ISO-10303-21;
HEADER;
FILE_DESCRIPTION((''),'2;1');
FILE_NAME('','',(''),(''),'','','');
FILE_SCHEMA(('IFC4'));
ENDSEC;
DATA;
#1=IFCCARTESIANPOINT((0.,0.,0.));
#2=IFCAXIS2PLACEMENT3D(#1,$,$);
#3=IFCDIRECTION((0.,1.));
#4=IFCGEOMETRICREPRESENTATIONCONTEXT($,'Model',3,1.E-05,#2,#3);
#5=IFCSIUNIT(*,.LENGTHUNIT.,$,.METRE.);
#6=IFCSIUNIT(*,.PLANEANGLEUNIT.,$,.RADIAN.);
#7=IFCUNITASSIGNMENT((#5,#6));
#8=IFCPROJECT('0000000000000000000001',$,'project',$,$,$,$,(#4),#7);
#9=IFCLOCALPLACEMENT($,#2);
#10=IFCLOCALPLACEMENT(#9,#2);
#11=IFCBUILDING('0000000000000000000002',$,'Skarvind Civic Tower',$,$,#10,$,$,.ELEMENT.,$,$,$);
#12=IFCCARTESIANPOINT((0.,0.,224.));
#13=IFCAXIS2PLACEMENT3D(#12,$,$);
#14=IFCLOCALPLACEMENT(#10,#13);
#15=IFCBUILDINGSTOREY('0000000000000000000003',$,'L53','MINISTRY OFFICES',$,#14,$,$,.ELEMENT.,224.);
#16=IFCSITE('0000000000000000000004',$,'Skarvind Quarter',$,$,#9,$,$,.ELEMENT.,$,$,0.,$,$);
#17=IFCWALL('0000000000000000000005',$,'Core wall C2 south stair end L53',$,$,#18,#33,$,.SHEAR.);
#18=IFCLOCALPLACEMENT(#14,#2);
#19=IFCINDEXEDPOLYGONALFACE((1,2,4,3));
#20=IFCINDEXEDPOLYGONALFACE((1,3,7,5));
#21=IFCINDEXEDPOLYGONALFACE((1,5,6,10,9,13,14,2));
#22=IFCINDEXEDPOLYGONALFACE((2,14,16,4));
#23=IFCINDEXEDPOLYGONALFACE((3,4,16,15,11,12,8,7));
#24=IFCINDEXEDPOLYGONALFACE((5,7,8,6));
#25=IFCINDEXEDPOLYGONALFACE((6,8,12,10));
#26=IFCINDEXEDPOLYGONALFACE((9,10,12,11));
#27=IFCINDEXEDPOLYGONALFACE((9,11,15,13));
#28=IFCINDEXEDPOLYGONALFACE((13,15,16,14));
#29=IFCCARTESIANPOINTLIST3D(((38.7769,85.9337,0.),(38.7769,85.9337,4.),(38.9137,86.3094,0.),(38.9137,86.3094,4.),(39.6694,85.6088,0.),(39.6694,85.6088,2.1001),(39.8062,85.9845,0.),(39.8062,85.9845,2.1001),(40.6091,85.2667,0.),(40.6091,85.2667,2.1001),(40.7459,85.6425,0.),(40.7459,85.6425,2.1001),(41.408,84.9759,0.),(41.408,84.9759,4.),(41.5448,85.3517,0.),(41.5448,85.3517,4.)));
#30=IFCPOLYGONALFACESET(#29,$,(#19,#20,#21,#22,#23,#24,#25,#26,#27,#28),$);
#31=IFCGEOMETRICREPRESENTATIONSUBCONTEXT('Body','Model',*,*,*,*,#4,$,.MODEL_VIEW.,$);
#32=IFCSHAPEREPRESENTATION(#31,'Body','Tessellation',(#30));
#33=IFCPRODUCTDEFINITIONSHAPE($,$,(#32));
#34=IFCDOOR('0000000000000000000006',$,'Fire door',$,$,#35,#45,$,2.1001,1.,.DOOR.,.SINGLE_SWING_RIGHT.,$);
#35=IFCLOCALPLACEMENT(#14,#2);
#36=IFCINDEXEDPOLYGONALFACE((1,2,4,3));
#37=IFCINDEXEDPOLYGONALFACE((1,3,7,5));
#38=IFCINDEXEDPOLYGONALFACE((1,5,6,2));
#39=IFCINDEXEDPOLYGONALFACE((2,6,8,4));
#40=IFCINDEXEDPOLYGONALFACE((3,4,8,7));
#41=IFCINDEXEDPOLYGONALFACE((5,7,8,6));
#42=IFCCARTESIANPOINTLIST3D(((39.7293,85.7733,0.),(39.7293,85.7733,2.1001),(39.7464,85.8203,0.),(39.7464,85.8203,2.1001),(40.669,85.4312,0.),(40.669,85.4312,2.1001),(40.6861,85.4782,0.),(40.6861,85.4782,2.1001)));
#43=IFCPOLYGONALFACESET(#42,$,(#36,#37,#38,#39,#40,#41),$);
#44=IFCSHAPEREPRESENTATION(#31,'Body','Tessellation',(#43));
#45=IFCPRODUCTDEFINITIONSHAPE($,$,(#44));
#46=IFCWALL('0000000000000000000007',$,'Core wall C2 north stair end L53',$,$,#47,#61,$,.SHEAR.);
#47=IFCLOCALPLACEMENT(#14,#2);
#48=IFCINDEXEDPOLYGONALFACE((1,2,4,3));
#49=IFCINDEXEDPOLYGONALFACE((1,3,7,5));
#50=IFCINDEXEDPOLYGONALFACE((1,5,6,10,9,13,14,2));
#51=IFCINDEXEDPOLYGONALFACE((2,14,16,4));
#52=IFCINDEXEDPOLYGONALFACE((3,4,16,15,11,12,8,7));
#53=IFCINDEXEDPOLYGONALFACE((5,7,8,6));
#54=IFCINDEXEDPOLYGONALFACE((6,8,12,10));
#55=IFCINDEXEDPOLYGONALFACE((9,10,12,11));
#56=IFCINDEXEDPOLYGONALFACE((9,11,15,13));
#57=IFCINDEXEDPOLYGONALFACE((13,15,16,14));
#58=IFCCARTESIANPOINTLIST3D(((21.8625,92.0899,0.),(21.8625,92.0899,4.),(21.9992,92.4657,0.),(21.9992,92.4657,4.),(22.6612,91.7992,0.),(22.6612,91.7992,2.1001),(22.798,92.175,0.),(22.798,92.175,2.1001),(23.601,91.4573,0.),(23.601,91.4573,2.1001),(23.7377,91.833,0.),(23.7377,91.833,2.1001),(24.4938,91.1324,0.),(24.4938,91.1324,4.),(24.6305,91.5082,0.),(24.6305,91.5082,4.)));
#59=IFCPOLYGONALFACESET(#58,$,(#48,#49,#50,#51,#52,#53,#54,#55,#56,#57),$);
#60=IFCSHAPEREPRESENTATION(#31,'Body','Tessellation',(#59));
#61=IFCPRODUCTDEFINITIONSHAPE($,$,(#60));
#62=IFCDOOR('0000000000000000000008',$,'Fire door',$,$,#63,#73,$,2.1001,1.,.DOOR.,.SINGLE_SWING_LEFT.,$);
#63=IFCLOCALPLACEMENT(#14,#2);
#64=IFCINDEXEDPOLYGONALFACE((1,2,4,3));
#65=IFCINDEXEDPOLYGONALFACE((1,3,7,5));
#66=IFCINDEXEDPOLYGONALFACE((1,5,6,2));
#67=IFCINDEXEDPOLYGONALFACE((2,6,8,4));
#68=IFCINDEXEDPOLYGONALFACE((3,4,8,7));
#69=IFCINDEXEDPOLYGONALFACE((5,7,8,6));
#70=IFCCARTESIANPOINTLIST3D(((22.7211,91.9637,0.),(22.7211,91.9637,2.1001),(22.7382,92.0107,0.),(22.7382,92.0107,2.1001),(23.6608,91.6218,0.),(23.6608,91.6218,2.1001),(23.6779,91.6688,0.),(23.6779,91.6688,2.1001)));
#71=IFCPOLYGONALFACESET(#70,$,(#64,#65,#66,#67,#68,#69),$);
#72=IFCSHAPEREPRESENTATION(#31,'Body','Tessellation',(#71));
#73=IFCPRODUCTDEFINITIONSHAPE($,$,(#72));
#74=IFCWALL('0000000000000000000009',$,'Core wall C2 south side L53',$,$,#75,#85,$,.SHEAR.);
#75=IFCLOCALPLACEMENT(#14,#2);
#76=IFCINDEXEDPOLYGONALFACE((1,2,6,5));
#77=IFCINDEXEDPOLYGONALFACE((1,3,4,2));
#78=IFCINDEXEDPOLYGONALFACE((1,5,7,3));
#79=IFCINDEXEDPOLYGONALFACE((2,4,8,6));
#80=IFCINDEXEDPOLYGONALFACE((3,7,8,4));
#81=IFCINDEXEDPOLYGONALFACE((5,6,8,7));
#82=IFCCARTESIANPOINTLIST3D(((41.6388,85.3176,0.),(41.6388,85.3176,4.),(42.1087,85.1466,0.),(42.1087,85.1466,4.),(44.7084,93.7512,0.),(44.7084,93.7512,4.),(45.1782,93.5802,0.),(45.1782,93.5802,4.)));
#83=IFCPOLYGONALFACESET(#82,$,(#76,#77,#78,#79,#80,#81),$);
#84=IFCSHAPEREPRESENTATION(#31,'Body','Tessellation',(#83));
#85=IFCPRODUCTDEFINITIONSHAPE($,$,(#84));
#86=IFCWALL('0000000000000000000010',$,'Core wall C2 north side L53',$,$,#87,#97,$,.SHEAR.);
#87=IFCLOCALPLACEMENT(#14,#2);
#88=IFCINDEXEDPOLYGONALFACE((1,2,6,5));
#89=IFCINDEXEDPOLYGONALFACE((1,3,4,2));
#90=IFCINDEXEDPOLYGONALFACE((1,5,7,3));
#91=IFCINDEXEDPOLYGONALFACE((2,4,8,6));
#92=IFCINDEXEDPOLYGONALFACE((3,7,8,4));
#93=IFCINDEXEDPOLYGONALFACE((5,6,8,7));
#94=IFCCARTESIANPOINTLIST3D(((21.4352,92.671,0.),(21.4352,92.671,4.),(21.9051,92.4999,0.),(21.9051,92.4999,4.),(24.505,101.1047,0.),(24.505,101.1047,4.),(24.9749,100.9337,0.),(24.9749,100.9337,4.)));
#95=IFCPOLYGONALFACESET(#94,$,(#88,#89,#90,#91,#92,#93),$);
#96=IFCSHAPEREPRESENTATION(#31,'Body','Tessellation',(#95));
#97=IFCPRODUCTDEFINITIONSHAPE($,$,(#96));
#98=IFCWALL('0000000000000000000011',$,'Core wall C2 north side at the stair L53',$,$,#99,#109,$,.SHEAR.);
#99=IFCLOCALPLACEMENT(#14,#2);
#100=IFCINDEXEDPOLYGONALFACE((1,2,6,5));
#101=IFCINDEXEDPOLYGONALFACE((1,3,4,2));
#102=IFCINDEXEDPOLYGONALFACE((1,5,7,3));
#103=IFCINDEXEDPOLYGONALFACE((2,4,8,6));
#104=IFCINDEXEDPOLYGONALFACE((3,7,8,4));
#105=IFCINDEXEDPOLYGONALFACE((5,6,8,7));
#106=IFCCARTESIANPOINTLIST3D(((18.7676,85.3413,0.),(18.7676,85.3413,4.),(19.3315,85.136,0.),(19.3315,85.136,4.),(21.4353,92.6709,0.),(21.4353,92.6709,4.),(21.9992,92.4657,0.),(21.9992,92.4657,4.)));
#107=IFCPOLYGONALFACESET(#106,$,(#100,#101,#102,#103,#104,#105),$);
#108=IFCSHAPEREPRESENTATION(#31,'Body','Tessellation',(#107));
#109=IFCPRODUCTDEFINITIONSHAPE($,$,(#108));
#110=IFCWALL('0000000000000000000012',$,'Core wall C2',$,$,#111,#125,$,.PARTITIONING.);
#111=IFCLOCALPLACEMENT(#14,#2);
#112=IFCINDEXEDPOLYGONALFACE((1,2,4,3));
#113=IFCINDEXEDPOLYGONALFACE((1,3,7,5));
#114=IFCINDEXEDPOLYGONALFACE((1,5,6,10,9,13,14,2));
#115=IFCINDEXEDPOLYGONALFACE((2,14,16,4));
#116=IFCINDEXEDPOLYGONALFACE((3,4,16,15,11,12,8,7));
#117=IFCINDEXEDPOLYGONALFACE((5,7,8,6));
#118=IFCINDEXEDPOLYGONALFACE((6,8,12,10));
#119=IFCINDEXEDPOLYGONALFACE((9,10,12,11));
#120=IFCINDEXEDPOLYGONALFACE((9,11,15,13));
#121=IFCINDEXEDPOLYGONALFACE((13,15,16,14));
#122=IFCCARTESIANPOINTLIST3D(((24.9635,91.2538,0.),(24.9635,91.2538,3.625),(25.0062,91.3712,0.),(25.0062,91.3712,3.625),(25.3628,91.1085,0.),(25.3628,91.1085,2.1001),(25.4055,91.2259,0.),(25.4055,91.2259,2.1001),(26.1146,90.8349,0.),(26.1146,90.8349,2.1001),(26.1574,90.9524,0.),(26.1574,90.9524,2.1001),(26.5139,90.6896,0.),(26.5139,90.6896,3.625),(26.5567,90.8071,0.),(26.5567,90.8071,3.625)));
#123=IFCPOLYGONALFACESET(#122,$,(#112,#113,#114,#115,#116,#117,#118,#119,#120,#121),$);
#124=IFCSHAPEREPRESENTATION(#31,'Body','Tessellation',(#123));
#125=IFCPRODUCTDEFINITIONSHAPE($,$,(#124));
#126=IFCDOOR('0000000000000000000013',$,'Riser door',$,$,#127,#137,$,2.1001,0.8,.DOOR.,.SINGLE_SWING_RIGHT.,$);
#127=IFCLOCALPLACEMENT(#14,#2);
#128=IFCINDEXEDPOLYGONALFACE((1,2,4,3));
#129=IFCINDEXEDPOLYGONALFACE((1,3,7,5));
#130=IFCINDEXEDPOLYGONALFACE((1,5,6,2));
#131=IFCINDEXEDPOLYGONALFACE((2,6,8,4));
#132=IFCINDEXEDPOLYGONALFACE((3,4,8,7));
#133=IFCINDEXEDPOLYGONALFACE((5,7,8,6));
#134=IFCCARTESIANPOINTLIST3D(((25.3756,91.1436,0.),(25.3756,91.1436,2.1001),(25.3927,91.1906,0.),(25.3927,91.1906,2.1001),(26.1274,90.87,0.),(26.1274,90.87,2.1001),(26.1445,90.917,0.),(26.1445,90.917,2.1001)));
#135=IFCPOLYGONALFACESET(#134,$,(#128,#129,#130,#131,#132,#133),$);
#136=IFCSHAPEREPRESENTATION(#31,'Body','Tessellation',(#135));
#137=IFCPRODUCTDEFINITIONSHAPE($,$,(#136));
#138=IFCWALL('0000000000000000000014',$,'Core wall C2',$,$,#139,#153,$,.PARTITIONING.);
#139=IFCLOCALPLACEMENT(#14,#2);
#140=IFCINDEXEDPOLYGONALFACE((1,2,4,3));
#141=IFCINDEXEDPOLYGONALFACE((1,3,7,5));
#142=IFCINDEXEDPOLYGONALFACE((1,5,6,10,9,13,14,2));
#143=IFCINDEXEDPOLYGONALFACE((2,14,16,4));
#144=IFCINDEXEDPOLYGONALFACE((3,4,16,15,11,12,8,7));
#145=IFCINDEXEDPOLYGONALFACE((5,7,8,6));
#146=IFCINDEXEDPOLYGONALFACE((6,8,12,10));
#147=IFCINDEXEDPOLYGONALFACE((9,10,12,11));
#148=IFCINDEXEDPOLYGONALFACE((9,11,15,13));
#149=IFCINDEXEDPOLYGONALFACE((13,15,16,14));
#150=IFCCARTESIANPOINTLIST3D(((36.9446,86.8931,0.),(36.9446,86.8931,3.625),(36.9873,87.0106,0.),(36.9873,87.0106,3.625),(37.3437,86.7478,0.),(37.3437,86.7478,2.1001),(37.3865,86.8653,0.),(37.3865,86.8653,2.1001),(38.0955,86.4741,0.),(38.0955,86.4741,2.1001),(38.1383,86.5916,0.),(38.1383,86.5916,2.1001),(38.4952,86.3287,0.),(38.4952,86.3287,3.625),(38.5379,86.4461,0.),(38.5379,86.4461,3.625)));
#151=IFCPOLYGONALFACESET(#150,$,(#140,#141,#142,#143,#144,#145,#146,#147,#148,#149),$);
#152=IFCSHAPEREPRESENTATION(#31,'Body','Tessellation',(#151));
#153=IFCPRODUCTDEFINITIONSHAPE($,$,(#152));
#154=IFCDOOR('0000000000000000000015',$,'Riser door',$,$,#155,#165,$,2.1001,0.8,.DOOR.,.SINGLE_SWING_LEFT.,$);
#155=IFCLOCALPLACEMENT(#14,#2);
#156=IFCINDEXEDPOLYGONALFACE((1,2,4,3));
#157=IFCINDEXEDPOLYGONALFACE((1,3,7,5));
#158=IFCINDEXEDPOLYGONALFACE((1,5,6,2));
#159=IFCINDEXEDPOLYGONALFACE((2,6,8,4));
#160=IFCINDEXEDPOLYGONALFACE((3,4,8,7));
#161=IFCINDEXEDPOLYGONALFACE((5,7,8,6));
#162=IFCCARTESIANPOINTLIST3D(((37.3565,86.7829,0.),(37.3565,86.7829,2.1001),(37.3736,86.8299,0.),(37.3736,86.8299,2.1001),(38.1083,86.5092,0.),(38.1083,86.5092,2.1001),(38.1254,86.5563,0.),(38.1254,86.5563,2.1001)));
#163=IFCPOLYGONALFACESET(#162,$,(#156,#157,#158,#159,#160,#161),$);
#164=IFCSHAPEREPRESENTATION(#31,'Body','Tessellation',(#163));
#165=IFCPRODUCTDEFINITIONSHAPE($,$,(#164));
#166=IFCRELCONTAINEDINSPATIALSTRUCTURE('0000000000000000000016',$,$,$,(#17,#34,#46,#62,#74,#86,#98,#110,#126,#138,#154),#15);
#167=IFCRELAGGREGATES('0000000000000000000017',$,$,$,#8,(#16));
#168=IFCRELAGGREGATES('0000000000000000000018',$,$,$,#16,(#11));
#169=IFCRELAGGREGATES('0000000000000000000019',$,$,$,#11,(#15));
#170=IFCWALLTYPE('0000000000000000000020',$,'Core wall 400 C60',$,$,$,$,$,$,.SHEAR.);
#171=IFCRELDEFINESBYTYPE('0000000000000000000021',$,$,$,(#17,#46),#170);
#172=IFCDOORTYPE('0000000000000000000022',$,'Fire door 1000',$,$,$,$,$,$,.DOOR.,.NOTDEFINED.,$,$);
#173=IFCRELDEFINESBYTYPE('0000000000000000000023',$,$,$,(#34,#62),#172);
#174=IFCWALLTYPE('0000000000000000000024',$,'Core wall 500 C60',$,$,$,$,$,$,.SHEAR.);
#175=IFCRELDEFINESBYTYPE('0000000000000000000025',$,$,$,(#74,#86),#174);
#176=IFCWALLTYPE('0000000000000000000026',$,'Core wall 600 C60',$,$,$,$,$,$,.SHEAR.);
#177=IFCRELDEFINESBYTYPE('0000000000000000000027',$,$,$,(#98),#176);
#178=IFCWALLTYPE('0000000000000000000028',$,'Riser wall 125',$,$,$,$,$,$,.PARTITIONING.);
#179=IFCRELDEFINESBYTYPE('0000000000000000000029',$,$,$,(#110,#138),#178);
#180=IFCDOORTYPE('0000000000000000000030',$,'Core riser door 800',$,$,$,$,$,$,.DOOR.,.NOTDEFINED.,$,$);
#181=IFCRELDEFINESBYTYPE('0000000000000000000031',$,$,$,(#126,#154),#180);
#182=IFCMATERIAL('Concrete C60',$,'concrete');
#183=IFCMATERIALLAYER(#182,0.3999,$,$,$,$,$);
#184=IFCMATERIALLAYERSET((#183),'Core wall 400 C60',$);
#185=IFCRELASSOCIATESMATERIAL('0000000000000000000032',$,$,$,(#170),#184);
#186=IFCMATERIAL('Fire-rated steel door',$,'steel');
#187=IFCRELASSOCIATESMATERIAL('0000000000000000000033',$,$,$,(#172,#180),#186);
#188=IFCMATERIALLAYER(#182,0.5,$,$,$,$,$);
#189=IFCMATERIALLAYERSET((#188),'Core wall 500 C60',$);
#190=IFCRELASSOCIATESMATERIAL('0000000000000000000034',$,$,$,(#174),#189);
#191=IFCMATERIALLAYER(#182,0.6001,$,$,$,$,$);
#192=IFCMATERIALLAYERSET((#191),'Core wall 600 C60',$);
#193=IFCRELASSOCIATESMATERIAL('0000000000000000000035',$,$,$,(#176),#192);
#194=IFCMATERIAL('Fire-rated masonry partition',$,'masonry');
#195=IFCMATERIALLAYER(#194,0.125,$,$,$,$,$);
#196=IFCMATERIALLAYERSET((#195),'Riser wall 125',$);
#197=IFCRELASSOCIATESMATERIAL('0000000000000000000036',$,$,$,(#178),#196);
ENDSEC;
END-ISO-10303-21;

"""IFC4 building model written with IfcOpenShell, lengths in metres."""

from ifc_helpers import new_model, si_unit, direction, frame, frame_2d, origin, place, context, subcontext, project, spatial, rectangle, extrude, material, layer, layer_set, type_object, element, fill, save


model = new_model("IFC4")

# Units and contexts
model_context = context("Model", 3, precision=1e-05, world=origin(), true_north=direction((0.0, 1.0)))
body_context = subcontext(model_context, "Body", "Model", "MODEL_VIEW")
ifc_project = project(units=[si_unit("LENGTHUNIT", "METRE"), si_unit("PLANEANGLEUNIT", "RADIAN")], contexts=[model_context])

# Site, building, storey
site_placement = place(None, origin())
site = spatial("IfcSite", under=ifc_project, at=site_placement, Name="Skarvind Quarter", CompositionType="ELEMENT", RefElevation=0.0)
building_placement = place(site_placement, origin())
building = spatial("IfcBuilding", under=site, at=building_placement, Name="Skarvind Civic Tower", CompositionType="ELEMENT")
storey_placement = place(building_placement, frame((0.0, 0.0, 224.0)))
storey = spatial("IfcBuildingStorey", under=building, at=storey_placement, Name="L53", Description="MINISTRY OFFICES", CompositionType="ELEMENT", Elevation=224.0)

# Shared definitions
ifc_material_1 = material(Name="Concrete C60", Category="concrete")

# Shared definitions
ifc_material_2 = material(Name="Fire-rated masonry partition", Category="masonry")
ifc_material_3 = material(Name="Fire-rated steel door", Category="steel")

# Walls, openings, doors
ifc_layer_1 = layer(ifc_material_1, 0.3999)
ifc_layer_set_1 = layer_set([ifc_layer_1], Name="Core wall 400 C60")
wall_type_1 = type_object("IfcWallType", Name="Core wall 400 C60", PredefinedType="SHEAR", material=ifc_layer_set_1)
wall_1_placement = place(storey_placement, frame((41.4763, 85.1638, 0.0), z_axis=(0.0, 0.0, 1.0), x_axis=(-0.939679, 0.342058, 0.0)))
wall_1 = element("IfcWall", 1, at=wall_1_placement, inside=storey, type_object=wall_type_1, Name="Core wall C2 south stair end L53", PredefinedType="SHEAR", context=body_context, shape_type="SweptSolid", body=[
    extrude(rectangle(XDim=2.8, YDim=0.3999, at=frame_2d((1.3999, 0.0))), origin(), (0.0, 0.0, 1.0), 4.0),
])
opening_1_placement = place(wall_1_placement, frame((0.8501, 0.0, 0.0)))
opening_1 = element("IfcOpeningElement", 2, at=opening_1_placement, cuts=wall_1, PredefinedType="OPENING", context=body_context, shape_type="SweptSolid", body=[
    extrude(rectangle(XDim=1.0, YDim=2.1001, at=frame_2d((0.5, 1.05))), frame((0.0, 0.21, 0.0), z_axis=(0.0, -1.0, 0.0), x_axis=(1.0, 0.0, 0.0)), (0.0, 0.0, 1.0), 0.4199),
])
door_type_1 = type_object("IfcDoorType", Name="Fire door 1000", OperationType="NOTDEFINED", PredefinedType="DOOR", material=ifc_material_3)
door_1_placement = place(opening_1_placement, origin())
door_1 = element("IfcDoor", 3, at=door_1_placement, inside=storey, type_object=door_type_1, Name="Fire door", OperationType="SINGLE_SWING_RIGHT", OverallHeight=2.1001, OverallWidth=1.0, PredefinedType="DOOR", context=body_context, shape_type="SweptSolid", body=[
    extrude(rectangle(XDim=1.0, YDim=2.1001, at=frame_2d((0.5, 1.05))), frame((0.0, 0.0249, 0.0), z_axis=(0.0, -1.0, 0.0), x_axis=(1.0, 0.0, 0.0)), (0.0, 0.0, 1.0), 0.05),
])
fill(opening_1, door_1)
wall_2_placement = place(storey_placement, frame((24.562, 91.3203, 0.0), z_axis=(0.0, 0.0, 1.0), x_axis=(-0.939717, 0.341953, 0.0)))
wall_2 = element("IfcWall", 4, at=wall_2_placement, inside=storey, type_object=wall_type_1, Name="Core wall C2 north stair end L53", PredefinedType="SHEAR", context=body_context, shape_type="SweptSolid", body=[
    extrude(rectangle(XDim=2.8, YDim=0.3999, at=frame_2d((1.3999, 0.0))), origin(), (0.0, 0.0, 1.0), 4.0),
])
opening_2_placement = place(wall_2_placement, frame((0.95, 0.0, 0.0)))
opening_2 = element("IfcOpeningElement", 5, at=opening_2_placement, cuts=wall_2, PredefinedType="OPENING", context=body_context, shape_type="SweptSolid", body=[
    extrude(rectangle(XDim=1.0, YDim=2.1001, at=frame_2d((0.5, 1.05))), frame((0.0, 0.21, 0.0), z_axis=(0.0, -1.0, 0.0), x_axis=(1.0, 0.0, 0.0)), (0.0, 0.0, 1.0), 0.4199),
])
door_2_placement = place(opening_2_placement, origin())
door_2 = element("IfcDoor", 6, at=door_2_placement, inside=storey, type_object=door_type_1, Name="Fire door", OperationType="SINGLE_SWING_LEFT", OverallHeight=2.1001, OverallWidth=1.0, PredefinedType="DOOR", context=body_context, shape_type="SweptSolid", body=[
    extrude(rectangle(XDim=1.0, YDim=2.1001, at=frame_2d((0.5, 1.05))), frame((0.0, 0.0249, 0.0), z_axis=(0.0, -1.0, 0.0), x_axis=(1.0, 0.0, 0.0)), (0.0, 0.0, 1.0), 0.05),
])
fill(opening_2, door_2)

# Walls
ifc_layer_2 = layer(ifc_material_1, 0.5)
ifc_layer_set_2 = layer_set([ifc_layer_2], Name="Core wall 500 C60")
wall_type_2 = type_object("IfcWallType", Name="Core wall 500 C60", PredefinedType="SHEAR", material=ifc_layer_set_2)
wall_3_placement = place(storey_placement, frame((41.8738, 85.2322, 0.0), z_axis=(0.0, 0.0, 1.0), x_axis=(0.34202, 0.939693, 0.0)))
element("IfcWall", 7, at=wall_3_placement, inside=storey, type_object=wall_type_2, Name="Core wall C2 south side L53", PredefinedType="SHEAR", context=body_context, shape_type="SweptSolid", body=[
    extrude(rectangle(XDim=8.9749, YDim=0.5, at=frame_2d((4.4873, 0.0))), origin(), (0.0, 0.0, 1.0), 4.0),
])
wall_4_placement = place(storey_placement, frame((21.6702, 92.5854, 0.0), z_axis=(0.0, 0.0, 1.0), x_axis=(0.342036, 0.939687, 0.0)))
element("IfcWall", 8, at=wall_4_placement, inside=storey, type_object=wall_type_2, Name="Core wall C2 north side L53", PredefinedType="SHEAR", context=body_context, shape_type="SweptSolid", body=[
    extrude(rectangle(XDim=8.9751, YDim=0.5, at=frame_2d((4.4875, 0.0))), origin(), (0.0, 0.0, 1.0), 4.0),
])
ifc_layer_3 = layer(ifc_material_1, 0.6001)
ifc_layer_set_3 = layer_set([ifc_layer_3], Name="Core wall 600 C60")
wall_type_3 = type_object("IfcWallType", Name="Core wall 600 C60", PredefinedType="SHEAR", material=ifc_layer_set_3)
wall_5_placement = place(storey_placement, frame((19.0496, 85.2388, 0.0), z_axis=(0.0, 0.0, 1.0), x_axis=(0.342017, 0.939694, 0.0)))
element("IfcWall", 9, at=wall_5_placement, inside=storey, type_object=wall_type_3, Name="Core wall C2 north side at the stair L53", PredefinedType="SHEAR", context=body_context, shape_type="SweptSolid", body=[
    extrude(rectangle(XDim=7.8, YDim=0.6001, at=frame_2d((3.8999, 0.0))), origin(), (0.0, 0.0, 1.0), 4.0),
])

# Walls, openings, doors
ifc_layer_4 = layer(ifc_material_2, 0.125)
ifc_layer_set_4 = layer_set([ifc_layer_4], Name="Riser wall 125")
wall_type_4 = type_object("IfcWallType", Name="Riser wall 125", PredefinedType="PARTITIONING", material=ifc_layer_set_4)
wall_6_placement = place(storey_placement, frame((24.9849, 91.3125, 0.0), z_axis=(0.0, 0.0, 1.0), x_axis=(0.93972, -0.341945, 0.0)))
wall_6 = element("IfcWall", 10, at=wall_6_placement, inside=storey, type_object=wall_type_4, Name="Core wall C2", PredefinedType="PARTITIONING", context=body_context, shape_type="SweptSolid", body=[
    extrude(rectangle(XDim=1.6499, YDim=0.125, at=frame_2d((0.825, 0.0))), origin(), (0.0, 0.0, 1.0), 3.625),
])
opening_3_placement = place(wall_6_placement, frame((0.425, 0.0, 0.0)))
opening_3 = element("IfcOpeningElement", 11, at=opening_3_placement, cuts=wall_6, PredefinedType="OPENING", context=body_context, shape_type="SweptSolid", body=[
    extrude(rectangle(XDim=0.8, YDim=2.1001, at=frame_2d((0.3999, 1.05))), frame((0.0, 0.0725, 0.0), z_axis=(0.0, -1.0, 0.0), x_axis=(1.0, 0.0, 0.0)), (0.0, 0.0, 1.0), 0.145),
])
door_type_2 = type_object("IfcDoorType", Name="Core riser door 800", OperationType="NOTDEFINED", PredefinedType="DOOR", material=ifc_material_3)
door_3_placement = place(opening_3_placement, origin())
door_3 = element("IfcDoor", 12, at=door_3_placement, inside=storey, type_object=door_type_2, Name="Riser door", OperationType="SINGLE_SWING_RIGHT", OverallHeight=2.1001, OverallWidth=0.8, PredefinedType="DOOR", context=body_context, shape_type="SweptSolid", body=[
    extrude(rectangle(XDim=0.8, YDim=2.1001, at=frame_2d((0.3999, 1.05))), frame((0.0, 0.0249, 0.0), z_axis=(0.0, -1.0, 0.0), x_axis=(1.0, 0.0, 0.0)), (0.0, 0.0, 1.0), 0.05),
])
fill(opening_3, door_3)
wall_7_placement = place(storey_placement, frame((36.9658, 86.9519, 0.0), z_axis=(0.0, 0.0, 1.0), x_axis=(0.939672, -0.342076, 0.0)))
wall_7 = element("IfcWall", 13, at=wall_7_placement, inside=storey, type_object=wall_type_4, Name="Core wall C2", PredefinedType="PARTITIONING", context=body_context, shape_type="SweptSolid", body=[
    extrude(rectangle(XDim=1.6501, YDim=0.125, at=frame_2d((0.8252, 0.0))), origin(), (0.0, 0.0, 1.0), 3.625),
])
opening_4_placement = place(wall_7_placement, frame((0.425, 0.0, 0.0)))
opening_4 = element("IfcOpeningElement", 14, at=opening_4_placement, cuts=wall_7, PredefinedType="OPENING", context=body_context, shape_type="SweptSolid", body=[
    extrude(rectangle(XDim=0.8, YDim=2.1001, at=frame_2d((0.3999, 1.05))), frame((0.0, 0.0725, 0.0), z_axis=(0.0, -1.0, 0.0), x_axis=(1.0, 0.0, 0.0)), (0.0, 0.0, 1.0), 0.145),
])
door_4_placement = place(opening_4_placement, origin())
door_4 = element("IfcDoor", 15, at=door_4_placement, inside=storey, type_object=door_type_2, Name="Riser door", OperationType="SINGLE_SWING_LEFT", OverallHeight=2.1001, OverallWidth=0.8, PredefinedType="DOOR", context=body_context, shape_type="SweptSolid", body=[
    extrude(rectangle(XDim=0.8, YDim=2.1001, at=frame_2d((0.3999, 1.05))), frame((0.0, 0.0249, 0.0), z_axis=(0.0, -1.0, 0.0), x_axis=(1.0, 0.0, 0.0)), (0.0, 0.0, 1.0), 0.05),
])
fill(opening_4, door_4)

save(model, "model.ifc")
